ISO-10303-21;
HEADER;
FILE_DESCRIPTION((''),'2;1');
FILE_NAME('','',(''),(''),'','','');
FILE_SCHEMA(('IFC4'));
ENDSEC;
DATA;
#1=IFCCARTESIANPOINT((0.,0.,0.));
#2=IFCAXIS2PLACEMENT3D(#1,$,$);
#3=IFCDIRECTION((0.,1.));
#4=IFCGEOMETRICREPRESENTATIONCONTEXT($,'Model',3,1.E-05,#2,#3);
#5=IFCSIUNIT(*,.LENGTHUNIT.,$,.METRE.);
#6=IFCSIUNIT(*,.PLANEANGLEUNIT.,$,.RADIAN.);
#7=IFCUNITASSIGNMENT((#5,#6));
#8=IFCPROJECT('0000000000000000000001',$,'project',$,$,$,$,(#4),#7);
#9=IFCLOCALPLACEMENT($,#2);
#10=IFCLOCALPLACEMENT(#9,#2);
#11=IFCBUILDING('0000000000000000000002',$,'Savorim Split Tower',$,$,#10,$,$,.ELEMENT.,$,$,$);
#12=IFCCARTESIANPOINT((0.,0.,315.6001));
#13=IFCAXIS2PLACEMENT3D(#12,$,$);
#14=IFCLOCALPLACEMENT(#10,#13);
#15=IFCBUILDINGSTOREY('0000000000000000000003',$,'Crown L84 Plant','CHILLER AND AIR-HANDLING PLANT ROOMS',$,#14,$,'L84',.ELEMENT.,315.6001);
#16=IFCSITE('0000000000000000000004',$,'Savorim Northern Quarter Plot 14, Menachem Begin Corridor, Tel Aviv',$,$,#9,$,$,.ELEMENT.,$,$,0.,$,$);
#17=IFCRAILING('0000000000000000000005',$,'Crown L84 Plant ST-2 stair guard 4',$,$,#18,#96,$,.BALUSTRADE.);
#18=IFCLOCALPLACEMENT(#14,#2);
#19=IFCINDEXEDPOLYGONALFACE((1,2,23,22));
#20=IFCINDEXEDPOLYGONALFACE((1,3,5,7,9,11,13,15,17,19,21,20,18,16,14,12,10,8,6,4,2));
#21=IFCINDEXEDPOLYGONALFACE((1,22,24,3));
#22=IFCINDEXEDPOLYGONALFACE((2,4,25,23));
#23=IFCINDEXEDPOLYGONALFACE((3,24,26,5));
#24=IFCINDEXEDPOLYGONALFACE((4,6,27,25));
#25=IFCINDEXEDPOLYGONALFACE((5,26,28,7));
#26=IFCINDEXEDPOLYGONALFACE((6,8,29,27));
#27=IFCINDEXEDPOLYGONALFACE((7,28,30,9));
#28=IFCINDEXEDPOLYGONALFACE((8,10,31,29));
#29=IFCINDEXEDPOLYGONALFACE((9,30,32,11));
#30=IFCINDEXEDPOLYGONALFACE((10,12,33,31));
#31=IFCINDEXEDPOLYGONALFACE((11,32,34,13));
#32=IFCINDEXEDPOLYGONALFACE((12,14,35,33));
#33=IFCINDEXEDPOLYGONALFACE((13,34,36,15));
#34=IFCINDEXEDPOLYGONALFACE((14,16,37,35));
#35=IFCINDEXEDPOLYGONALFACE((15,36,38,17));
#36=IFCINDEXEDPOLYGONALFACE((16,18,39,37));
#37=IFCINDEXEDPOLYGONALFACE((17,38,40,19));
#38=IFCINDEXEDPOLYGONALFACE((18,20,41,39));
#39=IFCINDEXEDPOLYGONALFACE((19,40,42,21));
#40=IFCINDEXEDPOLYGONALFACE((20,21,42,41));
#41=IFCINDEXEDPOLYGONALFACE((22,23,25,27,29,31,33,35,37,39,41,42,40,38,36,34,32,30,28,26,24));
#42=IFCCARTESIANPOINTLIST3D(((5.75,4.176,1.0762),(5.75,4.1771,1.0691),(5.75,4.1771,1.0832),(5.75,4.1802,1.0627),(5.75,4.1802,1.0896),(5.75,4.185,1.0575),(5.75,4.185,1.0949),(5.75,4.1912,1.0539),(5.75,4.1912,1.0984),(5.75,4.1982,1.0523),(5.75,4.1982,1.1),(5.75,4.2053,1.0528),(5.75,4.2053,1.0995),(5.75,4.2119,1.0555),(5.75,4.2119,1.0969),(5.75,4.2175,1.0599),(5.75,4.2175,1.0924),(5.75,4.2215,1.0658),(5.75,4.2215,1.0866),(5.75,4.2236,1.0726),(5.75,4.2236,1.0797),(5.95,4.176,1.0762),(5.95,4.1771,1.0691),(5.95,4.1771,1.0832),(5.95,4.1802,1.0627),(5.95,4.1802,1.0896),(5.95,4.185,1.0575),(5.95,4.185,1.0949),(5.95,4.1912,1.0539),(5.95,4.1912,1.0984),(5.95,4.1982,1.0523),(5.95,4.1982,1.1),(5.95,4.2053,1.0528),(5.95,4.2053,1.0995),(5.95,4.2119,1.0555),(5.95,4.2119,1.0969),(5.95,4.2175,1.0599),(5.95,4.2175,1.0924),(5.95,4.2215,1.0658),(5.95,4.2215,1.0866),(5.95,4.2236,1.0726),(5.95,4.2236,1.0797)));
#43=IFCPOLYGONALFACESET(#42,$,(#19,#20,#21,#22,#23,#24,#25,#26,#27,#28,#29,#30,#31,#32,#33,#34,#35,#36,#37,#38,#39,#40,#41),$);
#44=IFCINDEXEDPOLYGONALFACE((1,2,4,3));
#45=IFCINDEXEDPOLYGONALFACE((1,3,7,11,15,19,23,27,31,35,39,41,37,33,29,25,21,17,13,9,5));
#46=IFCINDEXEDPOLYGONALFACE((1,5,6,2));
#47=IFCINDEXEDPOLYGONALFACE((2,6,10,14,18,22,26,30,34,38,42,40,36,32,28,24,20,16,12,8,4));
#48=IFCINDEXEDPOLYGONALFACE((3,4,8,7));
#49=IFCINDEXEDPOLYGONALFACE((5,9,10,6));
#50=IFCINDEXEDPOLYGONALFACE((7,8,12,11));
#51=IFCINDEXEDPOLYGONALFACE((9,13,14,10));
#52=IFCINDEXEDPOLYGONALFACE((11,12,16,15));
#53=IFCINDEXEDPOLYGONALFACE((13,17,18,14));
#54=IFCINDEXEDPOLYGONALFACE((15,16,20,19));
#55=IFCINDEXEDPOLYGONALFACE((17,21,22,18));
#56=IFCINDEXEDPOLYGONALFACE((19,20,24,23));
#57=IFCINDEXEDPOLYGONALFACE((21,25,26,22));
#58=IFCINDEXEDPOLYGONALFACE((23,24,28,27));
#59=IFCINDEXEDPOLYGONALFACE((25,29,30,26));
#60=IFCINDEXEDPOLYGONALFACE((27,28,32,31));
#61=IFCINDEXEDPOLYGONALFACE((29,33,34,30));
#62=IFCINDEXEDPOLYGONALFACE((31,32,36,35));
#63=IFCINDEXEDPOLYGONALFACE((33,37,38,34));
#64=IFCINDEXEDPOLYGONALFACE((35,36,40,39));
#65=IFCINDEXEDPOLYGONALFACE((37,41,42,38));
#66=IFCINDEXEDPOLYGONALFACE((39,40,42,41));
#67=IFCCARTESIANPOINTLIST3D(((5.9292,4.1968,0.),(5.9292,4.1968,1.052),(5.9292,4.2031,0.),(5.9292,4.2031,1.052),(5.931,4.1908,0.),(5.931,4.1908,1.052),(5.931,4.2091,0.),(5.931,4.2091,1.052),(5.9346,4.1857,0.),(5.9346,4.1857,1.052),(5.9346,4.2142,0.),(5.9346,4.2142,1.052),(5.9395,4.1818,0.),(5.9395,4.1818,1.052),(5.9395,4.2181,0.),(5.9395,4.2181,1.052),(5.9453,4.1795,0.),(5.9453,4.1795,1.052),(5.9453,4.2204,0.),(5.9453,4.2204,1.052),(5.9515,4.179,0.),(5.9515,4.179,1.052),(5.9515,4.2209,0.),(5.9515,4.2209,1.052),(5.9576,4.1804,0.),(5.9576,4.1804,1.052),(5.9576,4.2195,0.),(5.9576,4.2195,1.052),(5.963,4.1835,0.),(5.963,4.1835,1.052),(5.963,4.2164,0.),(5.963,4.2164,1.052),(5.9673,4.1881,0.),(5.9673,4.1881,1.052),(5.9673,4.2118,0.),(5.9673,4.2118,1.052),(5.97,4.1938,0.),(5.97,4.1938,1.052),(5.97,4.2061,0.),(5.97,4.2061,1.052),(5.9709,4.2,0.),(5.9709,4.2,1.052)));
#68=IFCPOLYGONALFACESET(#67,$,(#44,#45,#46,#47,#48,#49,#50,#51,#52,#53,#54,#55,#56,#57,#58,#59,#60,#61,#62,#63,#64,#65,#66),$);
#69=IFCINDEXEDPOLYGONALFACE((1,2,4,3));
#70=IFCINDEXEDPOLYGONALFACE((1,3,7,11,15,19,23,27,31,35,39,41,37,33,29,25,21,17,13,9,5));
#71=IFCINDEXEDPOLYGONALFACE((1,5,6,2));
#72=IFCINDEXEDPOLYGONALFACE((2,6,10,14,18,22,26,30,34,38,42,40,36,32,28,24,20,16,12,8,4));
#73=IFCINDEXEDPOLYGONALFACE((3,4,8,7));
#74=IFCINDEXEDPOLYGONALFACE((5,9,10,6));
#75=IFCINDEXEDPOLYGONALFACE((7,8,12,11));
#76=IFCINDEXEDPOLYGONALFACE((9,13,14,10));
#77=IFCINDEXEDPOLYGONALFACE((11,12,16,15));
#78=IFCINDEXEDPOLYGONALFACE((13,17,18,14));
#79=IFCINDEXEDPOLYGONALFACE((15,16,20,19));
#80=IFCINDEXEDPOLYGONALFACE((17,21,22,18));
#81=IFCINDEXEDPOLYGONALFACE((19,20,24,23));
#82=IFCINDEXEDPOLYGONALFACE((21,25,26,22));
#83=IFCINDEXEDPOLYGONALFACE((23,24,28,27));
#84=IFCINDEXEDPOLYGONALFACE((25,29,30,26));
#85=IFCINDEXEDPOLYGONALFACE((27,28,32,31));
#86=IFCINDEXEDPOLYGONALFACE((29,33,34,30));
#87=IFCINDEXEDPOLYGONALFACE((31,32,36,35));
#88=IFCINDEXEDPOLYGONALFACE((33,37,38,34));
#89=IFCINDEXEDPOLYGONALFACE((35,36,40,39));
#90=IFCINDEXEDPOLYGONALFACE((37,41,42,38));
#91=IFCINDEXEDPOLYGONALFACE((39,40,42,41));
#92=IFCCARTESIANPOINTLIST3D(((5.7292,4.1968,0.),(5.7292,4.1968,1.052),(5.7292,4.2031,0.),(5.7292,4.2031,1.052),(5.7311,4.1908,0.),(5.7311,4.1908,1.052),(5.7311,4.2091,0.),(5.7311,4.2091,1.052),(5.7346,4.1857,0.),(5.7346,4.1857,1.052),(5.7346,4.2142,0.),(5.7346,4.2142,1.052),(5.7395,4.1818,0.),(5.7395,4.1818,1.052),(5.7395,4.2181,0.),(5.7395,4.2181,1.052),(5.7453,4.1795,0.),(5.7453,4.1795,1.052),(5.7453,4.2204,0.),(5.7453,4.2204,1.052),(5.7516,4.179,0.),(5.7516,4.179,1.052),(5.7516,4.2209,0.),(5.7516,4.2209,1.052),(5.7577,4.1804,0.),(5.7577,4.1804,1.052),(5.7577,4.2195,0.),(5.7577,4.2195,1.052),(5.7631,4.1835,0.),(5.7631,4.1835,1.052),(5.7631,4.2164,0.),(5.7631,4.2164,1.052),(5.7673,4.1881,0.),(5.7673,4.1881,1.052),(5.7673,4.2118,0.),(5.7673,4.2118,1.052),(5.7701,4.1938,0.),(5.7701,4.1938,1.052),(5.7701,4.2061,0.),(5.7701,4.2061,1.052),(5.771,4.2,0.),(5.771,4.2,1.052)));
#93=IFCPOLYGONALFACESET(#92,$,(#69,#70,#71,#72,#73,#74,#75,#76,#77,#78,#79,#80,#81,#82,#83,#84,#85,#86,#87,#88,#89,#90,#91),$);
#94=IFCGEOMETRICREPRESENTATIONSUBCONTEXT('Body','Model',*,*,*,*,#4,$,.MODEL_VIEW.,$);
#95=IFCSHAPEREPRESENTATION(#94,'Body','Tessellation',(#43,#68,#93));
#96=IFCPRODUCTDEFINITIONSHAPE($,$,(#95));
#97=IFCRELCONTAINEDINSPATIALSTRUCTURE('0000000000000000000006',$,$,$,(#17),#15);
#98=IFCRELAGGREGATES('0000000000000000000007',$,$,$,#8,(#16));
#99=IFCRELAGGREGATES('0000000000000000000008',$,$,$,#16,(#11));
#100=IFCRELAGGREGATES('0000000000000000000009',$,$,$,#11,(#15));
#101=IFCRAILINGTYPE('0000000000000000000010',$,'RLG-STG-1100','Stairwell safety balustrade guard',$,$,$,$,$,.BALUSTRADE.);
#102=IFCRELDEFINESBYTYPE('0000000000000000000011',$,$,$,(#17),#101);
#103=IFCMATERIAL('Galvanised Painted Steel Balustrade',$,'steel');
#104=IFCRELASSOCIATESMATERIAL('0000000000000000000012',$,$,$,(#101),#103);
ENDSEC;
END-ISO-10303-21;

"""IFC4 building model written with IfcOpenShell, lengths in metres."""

from ifc_helpers import new_model, si_unit, direction, frame, origin, origin_2d, place, context, subcontext, project, spatial, circle, extrude, material, type_object, element, save


model = new_model("IFC4")

# Units and contexts
model_context = context("Model", 3, precision=1e-05, world=origin(), true_north=direction((0.0, 1.0)))
body_context = subcontext(model_context, "Body", "Model", "MODEL_VIEW")
ifc_project = project(units=[si_unit("LENGTHUNIT", "METRE"), si_unit("PLANEANGLEUNIT", "RADIAN")], contexts=[model_context])

# Site, building, storey
site_placement = place(None, origin())
site = spatial("IfcSite", under=ifc_project, at=site_placement, Name="Savorim Northern Quarter Plot 14, Menachem Begin Corridor, Tel Aviv", CompositionType="ELEMENT", RefElevation=0.0)
building_placement = place(site_placement, origin())
building = spatial("IfcBuilding", under=site, at=building_placement, Name="Savorim Split Tower", CompositionType="ELEMENT")
storey_placement = place(building_placement, frame((0.0, 0.0, 315.6001)))
storey = spatial("IfcBuildingStorey", under=building, at=storey_placement, Name="Crown L84 Plant", Description="CHILLER AND AIR-HANDLING PLANT ROOMS", LongName="L84", CompositionType="ELEMENT", Elevation=315.6001)

# Railing
ifc_material_1 = material(Name="Galvanised Painted Steel Balustrade", Category="steel")
railing_type_1 = type_object("IfcRailingType", Name="RLG-STG-1100", Description="Stairwell safety balustrade guard", PredefinedType="BALUSTRADE", material=ifc_material_1)
railing_1_placement = place(storey_placement, frame((5.95, 4.2, 0.0)))
element("IfcRailing", 1, at=railing_1_placement, inside=storey, type_object=railing_type_1, Name="Crown L84 Plant ST-2 stair guard 4", PredefinedType="BALUSTRADE", context=body_context, shape_type="SweptSolid", body=[
    extrude(circle(Radius=0.0239, at=origin_2d()), frame((0.0, 0.0, 1.0762), z_axis=(-1.0, 0.0, 0.0), x_axis=(0.0, -1.0, 0.0)), (0.0, 0.0, 1.0), 0.2),
    extrude(circle(Radius=0.021, at=origin_2d()), origin(), (0.0, 0.0, 1.0), 1.052),
    extrude(circle(Radius=0.021, at=origin_2d()), frame((-0.2, 0.0, 0.0)), (0.0, 0.0, 1.0), 1.052),
])

save(model, "model.ifc")
